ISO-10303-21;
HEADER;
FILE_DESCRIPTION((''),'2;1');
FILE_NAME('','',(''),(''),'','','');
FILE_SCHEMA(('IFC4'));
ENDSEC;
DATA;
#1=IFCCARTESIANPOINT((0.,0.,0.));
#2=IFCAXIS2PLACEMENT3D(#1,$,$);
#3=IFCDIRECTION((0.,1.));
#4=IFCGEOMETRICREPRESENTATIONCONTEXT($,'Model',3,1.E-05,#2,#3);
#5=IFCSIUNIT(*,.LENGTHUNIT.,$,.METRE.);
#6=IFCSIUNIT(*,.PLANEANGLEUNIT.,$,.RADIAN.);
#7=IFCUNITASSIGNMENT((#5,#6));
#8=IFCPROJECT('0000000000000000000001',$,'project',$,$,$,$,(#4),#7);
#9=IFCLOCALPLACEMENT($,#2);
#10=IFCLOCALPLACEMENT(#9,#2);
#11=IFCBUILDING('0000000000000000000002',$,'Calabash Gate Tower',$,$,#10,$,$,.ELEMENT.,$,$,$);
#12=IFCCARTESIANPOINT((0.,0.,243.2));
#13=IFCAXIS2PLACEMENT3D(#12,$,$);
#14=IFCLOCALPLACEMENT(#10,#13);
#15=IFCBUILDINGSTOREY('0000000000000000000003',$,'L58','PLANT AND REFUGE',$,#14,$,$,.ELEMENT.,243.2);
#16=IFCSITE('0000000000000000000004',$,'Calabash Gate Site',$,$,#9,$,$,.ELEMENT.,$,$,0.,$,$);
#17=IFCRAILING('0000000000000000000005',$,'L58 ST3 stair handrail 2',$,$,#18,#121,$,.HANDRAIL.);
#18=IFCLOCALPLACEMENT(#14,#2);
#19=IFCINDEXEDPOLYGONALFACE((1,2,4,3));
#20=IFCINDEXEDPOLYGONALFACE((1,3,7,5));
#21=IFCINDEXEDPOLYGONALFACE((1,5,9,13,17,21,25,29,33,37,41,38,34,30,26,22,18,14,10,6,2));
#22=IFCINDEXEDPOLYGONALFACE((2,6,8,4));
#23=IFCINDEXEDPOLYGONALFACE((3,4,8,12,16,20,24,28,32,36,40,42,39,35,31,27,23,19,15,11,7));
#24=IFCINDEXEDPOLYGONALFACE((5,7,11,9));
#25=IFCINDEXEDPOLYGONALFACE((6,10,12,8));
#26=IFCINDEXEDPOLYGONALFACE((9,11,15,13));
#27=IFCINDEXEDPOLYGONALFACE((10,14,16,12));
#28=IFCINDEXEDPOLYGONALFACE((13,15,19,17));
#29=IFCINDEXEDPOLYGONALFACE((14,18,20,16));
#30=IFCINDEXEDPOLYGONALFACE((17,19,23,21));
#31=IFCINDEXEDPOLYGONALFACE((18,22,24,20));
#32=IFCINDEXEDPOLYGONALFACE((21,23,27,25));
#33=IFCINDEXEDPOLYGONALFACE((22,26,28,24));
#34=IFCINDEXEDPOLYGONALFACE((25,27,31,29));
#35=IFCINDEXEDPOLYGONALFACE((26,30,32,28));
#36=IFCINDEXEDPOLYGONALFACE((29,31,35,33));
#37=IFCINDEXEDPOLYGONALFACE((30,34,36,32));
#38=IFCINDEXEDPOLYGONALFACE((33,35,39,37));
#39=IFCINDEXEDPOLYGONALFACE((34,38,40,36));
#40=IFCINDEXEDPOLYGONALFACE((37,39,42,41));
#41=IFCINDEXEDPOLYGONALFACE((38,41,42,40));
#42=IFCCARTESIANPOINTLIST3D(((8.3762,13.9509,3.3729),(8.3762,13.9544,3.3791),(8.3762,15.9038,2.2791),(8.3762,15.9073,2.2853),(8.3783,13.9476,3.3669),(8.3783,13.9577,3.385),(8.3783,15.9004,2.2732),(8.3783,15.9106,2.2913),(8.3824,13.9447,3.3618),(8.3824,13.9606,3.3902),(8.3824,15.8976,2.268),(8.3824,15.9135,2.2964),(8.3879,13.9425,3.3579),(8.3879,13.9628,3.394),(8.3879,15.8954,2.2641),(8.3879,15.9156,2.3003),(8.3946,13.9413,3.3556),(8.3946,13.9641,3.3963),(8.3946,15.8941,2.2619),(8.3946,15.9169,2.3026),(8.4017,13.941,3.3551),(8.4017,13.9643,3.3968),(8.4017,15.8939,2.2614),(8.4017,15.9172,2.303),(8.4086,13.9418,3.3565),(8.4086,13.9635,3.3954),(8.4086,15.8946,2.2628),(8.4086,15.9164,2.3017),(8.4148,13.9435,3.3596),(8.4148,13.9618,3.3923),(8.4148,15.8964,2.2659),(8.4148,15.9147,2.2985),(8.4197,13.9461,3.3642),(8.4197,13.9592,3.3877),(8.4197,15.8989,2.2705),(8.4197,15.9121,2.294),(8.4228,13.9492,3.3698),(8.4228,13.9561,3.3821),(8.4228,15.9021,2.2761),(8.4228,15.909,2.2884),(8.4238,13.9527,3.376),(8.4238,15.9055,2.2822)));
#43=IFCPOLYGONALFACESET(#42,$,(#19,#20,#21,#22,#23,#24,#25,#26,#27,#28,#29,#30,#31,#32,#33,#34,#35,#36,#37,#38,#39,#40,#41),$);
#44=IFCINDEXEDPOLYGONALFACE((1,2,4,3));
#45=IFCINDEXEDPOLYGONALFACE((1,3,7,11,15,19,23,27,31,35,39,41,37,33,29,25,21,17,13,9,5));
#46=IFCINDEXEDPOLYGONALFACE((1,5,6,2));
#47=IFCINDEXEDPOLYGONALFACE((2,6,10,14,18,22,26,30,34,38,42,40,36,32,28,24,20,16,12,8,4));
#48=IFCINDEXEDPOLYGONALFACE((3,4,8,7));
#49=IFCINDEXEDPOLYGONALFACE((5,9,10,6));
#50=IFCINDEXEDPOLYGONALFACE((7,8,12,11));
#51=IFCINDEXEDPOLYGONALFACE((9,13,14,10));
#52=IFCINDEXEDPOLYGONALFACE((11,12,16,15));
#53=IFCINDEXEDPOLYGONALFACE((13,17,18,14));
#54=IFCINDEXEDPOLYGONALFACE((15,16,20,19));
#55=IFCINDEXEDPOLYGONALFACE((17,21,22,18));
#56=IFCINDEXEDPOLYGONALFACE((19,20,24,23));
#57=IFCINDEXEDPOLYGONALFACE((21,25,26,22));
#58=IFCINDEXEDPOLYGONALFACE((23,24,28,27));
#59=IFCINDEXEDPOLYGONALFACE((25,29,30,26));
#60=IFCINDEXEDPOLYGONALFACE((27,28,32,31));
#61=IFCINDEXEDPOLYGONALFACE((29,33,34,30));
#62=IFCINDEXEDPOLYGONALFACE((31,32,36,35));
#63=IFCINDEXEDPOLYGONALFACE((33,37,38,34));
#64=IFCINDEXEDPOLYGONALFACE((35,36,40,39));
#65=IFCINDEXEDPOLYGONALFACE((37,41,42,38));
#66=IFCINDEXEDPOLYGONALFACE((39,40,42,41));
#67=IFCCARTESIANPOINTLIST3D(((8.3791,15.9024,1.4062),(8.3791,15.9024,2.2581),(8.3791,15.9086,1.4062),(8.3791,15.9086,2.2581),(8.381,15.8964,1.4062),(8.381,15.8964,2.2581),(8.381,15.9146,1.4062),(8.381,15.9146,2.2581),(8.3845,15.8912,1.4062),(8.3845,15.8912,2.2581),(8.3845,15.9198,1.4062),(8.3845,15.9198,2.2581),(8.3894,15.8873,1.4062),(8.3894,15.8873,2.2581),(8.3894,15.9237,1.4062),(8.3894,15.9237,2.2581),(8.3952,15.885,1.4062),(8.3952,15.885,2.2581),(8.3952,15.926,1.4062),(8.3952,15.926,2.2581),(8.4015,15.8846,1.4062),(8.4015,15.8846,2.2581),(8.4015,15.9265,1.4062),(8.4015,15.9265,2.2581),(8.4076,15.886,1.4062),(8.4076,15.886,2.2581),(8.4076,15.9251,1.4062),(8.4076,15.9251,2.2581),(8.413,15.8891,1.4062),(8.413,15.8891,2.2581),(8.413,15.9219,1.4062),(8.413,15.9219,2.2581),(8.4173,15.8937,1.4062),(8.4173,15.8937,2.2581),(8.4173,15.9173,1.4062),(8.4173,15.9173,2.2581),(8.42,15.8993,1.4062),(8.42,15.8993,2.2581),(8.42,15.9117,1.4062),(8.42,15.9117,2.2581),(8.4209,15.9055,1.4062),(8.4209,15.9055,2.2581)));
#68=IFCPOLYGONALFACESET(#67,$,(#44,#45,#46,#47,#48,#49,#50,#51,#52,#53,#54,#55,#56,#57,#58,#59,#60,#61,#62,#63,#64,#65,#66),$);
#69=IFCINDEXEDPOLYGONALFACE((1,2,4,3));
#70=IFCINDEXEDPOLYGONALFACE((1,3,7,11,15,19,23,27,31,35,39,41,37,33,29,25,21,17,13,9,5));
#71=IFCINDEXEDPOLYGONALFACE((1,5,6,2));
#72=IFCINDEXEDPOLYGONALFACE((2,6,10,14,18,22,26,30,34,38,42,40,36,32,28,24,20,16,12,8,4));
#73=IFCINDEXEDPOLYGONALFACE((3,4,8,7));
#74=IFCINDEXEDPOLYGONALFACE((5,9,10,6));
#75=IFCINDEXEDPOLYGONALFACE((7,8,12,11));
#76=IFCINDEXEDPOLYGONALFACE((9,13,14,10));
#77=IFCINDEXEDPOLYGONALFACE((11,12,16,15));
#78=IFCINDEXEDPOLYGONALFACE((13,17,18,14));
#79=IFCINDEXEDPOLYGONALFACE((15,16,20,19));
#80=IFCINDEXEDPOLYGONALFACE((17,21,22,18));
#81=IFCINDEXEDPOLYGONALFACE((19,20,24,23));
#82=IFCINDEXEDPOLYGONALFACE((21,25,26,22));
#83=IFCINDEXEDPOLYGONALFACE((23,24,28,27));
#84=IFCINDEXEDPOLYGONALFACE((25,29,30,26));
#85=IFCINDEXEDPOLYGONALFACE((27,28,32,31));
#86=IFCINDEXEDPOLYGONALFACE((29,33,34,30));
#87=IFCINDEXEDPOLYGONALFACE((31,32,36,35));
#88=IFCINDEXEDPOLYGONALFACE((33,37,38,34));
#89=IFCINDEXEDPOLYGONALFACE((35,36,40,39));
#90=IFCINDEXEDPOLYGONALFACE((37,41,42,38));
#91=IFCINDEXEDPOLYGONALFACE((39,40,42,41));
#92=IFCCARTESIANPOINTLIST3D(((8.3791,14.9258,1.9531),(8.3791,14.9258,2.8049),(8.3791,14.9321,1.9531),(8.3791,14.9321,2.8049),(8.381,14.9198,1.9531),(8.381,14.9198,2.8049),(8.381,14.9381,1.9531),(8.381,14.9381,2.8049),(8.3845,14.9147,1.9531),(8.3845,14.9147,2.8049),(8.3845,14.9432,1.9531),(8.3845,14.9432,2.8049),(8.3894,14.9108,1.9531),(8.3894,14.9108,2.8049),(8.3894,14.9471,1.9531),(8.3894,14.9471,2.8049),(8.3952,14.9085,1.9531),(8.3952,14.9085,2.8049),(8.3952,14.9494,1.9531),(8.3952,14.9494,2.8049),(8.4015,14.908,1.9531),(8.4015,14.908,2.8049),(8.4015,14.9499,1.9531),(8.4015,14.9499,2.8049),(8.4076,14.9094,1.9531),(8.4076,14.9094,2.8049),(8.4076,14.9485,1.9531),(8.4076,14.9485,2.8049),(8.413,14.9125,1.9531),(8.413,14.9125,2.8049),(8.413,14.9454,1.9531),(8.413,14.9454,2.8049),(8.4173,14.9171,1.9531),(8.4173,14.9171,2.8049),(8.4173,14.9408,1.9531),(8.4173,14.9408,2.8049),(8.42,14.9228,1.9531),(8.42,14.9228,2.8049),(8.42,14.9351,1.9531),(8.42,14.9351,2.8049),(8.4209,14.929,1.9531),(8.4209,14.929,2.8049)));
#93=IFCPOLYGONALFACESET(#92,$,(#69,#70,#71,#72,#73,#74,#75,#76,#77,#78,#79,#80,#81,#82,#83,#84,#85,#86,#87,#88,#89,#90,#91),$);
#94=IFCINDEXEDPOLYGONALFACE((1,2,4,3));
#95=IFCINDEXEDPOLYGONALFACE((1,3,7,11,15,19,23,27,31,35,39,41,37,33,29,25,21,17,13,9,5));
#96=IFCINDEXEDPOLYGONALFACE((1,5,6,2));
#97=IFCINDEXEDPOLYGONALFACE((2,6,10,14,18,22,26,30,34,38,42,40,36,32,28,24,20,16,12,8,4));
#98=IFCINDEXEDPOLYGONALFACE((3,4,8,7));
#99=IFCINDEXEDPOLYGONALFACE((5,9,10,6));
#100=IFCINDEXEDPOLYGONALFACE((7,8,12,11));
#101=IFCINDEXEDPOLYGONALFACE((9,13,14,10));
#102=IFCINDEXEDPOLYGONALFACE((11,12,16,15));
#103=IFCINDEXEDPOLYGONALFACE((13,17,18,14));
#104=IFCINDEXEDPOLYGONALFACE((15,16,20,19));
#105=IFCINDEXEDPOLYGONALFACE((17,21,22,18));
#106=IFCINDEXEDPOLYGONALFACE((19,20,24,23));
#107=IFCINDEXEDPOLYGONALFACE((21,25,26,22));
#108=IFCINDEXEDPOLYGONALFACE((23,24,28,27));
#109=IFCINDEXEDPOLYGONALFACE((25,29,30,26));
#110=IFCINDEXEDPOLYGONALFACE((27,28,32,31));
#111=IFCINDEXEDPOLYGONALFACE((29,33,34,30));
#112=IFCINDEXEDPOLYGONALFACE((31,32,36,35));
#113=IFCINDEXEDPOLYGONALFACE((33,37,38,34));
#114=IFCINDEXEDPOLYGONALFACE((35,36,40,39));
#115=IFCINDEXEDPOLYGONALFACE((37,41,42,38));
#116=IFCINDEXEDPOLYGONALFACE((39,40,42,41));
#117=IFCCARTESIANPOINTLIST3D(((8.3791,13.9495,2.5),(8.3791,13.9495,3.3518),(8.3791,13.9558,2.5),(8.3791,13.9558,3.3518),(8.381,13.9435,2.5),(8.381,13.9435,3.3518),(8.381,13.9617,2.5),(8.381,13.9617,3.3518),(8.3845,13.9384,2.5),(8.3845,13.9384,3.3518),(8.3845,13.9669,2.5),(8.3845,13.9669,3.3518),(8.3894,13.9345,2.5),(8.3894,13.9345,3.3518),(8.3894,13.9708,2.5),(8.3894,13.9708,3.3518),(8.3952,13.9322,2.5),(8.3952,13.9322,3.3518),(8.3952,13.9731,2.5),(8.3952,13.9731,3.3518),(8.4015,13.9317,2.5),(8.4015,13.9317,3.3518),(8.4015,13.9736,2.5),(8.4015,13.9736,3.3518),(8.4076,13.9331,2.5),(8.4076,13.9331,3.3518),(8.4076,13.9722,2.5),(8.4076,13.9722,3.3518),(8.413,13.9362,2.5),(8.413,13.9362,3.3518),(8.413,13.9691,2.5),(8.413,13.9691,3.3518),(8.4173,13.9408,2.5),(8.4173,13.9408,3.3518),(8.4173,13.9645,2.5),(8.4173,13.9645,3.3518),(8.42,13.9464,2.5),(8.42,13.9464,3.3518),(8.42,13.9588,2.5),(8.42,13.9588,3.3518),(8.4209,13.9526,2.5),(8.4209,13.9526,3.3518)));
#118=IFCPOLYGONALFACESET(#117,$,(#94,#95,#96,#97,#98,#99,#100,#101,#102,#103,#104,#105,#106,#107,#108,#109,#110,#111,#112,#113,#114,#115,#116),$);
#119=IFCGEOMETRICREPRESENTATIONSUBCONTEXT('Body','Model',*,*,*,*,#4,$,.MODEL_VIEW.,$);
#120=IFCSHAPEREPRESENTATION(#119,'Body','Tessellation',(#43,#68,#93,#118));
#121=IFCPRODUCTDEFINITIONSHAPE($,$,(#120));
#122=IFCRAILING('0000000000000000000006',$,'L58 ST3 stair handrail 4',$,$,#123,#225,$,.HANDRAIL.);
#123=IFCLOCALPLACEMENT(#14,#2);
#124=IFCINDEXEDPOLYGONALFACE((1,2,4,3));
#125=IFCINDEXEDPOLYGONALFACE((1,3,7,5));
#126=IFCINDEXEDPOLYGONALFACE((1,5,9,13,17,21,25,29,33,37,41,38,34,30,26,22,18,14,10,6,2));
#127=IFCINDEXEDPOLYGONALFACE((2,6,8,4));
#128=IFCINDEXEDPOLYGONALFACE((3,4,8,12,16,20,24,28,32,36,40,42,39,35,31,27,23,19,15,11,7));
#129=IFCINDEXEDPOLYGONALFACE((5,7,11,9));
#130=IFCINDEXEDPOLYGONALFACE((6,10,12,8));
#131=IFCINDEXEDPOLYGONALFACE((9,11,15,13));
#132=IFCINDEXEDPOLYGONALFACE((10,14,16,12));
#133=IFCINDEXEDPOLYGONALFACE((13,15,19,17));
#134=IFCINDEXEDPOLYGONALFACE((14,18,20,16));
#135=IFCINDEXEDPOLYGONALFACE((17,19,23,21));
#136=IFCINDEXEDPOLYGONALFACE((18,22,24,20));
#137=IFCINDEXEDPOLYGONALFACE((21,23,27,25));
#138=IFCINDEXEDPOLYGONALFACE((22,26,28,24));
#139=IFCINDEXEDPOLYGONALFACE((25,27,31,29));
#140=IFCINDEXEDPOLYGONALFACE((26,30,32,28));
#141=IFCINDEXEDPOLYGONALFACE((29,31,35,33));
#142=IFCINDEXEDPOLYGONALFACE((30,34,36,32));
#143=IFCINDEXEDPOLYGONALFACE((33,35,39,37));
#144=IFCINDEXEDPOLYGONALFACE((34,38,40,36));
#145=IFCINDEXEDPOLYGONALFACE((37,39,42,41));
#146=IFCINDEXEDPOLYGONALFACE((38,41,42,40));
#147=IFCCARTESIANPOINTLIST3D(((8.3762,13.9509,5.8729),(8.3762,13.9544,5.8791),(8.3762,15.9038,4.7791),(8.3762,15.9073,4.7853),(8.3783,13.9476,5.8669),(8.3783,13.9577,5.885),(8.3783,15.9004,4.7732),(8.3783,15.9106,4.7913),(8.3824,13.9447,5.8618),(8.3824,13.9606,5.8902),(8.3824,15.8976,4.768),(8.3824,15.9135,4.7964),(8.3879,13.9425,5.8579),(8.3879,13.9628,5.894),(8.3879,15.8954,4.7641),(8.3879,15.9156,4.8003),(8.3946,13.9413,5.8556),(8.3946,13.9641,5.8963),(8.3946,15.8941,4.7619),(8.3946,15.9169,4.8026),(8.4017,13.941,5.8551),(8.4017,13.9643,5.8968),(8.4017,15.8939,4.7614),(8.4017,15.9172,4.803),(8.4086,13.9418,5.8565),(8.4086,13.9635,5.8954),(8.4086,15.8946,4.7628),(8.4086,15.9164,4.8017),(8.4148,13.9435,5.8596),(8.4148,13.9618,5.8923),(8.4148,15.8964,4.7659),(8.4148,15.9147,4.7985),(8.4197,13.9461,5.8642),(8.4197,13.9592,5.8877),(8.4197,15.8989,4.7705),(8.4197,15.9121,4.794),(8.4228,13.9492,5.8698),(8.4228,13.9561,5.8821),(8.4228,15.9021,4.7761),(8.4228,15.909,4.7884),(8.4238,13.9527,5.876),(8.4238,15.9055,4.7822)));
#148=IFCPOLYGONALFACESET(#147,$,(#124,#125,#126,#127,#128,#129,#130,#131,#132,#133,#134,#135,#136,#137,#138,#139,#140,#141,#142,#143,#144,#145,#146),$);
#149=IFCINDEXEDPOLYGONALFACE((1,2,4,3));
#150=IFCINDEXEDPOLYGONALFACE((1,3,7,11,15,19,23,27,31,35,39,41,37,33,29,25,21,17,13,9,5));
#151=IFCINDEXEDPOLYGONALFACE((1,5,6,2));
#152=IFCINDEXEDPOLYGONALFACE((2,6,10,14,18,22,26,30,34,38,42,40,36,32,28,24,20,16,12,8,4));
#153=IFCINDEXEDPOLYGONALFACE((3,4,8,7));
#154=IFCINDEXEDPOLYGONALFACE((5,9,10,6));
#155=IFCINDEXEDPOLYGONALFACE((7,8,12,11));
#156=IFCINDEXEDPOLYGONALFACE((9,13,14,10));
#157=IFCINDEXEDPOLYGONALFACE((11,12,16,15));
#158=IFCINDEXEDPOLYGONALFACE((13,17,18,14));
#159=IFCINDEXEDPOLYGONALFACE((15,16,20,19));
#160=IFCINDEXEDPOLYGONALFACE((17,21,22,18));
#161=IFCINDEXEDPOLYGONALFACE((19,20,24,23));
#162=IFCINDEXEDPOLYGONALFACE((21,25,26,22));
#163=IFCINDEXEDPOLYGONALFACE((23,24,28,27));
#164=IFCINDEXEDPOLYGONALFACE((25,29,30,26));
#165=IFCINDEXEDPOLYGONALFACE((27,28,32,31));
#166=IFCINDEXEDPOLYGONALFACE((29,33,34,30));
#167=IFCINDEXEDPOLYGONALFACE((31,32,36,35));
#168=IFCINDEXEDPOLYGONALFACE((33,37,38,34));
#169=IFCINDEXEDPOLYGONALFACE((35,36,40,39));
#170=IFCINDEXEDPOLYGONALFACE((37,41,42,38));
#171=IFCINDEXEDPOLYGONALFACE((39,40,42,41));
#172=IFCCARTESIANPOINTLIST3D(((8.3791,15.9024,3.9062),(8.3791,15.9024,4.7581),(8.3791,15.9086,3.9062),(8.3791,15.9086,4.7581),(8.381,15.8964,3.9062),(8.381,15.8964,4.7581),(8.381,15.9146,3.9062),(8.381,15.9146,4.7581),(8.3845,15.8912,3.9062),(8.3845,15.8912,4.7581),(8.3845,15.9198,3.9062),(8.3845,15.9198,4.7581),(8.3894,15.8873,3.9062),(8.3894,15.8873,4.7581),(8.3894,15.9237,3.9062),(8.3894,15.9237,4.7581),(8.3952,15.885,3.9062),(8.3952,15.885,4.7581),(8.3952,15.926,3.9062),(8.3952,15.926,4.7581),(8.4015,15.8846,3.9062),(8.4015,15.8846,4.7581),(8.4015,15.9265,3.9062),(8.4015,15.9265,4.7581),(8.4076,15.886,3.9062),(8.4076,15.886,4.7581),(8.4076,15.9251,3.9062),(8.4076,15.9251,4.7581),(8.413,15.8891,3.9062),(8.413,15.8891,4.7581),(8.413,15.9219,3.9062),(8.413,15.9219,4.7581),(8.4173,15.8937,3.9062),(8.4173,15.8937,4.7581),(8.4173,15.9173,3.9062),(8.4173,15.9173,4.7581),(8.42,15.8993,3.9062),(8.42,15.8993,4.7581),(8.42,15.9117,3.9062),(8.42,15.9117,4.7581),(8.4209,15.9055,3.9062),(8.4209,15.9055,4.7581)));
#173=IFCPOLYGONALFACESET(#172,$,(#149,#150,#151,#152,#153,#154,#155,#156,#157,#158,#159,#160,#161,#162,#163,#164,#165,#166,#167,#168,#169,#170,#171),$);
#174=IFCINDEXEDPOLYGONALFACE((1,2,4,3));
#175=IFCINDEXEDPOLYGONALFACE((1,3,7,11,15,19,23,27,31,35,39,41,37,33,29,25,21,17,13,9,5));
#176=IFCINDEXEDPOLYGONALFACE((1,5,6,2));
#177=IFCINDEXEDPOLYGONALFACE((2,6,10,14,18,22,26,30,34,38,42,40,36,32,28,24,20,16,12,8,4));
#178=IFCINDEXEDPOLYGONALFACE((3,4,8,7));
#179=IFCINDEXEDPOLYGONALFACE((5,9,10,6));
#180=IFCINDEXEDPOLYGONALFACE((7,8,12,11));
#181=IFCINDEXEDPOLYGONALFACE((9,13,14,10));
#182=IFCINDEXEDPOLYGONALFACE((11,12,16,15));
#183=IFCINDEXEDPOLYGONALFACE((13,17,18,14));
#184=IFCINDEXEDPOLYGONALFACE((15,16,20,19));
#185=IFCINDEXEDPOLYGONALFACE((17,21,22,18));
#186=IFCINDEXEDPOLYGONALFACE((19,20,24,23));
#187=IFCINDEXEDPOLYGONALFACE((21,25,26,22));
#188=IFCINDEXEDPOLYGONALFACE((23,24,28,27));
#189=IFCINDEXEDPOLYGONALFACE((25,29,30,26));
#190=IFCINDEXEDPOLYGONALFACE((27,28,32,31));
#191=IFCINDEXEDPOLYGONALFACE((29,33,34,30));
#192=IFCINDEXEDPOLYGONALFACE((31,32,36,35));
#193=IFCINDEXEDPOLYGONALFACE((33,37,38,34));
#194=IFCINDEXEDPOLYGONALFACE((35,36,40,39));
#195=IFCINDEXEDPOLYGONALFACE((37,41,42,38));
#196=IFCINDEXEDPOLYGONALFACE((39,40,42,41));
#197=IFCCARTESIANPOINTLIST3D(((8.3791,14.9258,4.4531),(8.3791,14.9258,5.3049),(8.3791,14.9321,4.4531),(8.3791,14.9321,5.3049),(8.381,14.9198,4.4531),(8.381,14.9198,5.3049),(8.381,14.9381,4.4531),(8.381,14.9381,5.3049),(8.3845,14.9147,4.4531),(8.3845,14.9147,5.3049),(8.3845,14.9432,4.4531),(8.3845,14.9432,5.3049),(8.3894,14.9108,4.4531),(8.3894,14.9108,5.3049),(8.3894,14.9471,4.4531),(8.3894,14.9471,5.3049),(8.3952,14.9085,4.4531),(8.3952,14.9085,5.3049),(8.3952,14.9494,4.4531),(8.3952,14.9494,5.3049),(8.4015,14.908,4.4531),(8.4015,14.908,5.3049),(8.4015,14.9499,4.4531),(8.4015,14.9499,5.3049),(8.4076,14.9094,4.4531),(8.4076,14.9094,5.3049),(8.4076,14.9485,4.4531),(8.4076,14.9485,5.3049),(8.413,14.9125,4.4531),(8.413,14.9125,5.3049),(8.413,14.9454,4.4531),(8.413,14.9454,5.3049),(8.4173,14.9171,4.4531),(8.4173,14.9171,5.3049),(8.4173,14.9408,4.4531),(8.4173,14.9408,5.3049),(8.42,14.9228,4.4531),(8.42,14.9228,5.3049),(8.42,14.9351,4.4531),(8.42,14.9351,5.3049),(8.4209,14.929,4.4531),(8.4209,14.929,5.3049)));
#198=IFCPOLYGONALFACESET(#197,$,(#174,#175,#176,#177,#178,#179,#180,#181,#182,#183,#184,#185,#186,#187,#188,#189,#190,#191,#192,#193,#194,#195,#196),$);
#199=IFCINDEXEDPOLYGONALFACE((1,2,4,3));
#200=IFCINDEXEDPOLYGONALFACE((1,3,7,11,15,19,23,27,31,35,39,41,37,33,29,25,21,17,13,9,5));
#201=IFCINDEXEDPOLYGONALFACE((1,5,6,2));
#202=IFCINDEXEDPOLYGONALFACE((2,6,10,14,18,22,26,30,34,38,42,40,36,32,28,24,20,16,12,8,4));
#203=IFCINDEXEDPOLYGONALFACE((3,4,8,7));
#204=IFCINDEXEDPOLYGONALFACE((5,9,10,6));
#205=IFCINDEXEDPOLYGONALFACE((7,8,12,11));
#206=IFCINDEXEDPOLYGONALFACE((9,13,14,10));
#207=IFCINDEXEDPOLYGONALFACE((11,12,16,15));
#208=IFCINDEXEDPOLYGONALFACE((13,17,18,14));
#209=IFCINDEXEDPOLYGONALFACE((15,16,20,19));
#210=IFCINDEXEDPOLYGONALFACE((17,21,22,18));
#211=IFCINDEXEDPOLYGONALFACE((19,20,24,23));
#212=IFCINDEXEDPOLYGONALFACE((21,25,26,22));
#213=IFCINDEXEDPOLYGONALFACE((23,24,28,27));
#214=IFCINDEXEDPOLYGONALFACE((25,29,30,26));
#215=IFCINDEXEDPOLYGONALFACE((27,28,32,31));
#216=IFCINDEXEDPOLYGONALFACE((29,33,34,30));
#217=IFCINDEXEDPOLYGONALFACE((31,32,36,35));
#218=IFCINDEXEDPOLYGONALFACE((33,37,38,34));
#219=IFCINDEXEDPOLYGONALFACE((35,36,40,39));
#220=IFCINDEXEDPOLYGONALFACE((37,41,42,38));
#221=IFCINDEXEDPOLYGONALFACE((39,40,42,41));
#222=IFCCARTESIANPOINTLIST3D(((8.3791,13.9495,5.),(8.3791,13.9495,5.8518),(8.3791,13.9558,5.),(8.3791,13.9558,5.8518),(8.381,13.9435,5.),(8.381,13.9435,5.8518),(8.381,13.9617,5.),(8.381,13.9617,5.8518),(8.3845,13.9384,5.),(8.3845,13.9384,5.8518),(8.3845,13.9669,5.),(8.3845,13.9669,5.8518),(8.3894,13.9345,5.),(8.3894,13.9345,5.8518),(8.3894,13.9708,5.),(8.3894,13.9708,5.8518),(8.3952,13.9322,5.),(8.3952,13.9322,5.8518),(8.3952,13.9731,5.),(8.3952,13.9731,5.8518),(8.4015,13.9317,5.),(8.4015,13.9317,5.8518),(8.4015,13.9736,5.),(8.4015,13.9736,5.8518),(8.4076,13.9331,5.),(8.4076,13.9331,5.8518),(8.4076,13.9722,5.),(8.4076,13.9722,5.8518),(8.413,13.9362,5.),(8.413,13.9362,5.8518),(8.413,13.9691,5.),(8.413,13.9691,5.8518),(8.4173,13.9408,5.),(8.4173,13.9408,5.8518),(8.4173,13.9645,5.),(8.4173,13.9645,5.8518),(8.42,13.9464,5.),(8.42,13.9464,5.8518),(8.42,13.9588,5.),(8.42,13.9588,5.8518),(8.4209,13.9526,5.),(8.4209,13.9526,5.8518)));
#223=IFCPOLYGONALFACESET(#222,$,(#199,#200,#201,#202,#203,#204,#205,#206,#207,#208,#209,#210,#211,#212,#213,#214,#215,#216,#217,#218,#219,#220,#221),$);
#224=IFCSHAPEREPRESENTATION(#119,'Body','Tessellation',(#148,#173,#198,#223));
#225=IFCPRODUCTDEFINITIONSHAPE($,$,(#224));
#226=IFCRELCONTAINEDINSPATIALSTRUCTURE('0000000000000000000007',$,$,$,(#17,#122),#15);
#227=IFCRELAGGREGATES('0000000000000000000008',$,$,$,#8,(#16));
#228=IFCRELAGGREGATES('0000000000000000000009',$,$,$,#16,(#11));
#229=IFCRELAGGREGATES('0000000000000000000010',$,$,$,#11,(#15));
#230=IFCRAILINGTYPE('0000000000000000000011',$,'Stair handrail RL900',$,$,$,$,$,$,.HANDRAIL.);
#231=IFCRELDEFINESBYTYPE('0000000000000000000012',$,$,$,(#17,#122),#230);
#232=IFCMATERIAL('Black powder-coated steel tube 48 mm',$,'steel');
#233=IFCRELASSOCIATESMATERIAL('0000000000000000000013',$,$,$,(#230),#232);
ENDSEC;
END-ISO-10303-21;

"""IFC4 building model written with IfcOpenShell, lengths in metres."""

from ifc_helpers import new_model, si_unit, direction, frame, origin, origin_2d, place, context, subcontext, project, spatial, circle, extrude, material, type_object, element, save


model = new_model("IFC4")

# Units and contexts
model_context = context("Model", 3, precision=1e-05, world=origin(), true_north=direction((0.0, 1.0)))
body_context = subcontext(model_context, "Body", "Model", "MODEL_VIEW")
ifc_project = project(units=[si_unit("LENGTHUNIT", "METRE"), si_unit("PLANEANGLEUNIT", "RADIAN")], contexts=[model_context])

# Site, building, storey
site_placement = place(None, origin())
site = spatial("IfcSite", under=ifc_project, at=site_placement, Name="Calabash Gate Site", CompositionType="ELEMENT", RefElevation=0.0)
building_placement = place(site_placement, origin())
building = spatial("IfcBuilding", under=site, at=building_placement, Name="Calabash Gate Tower", CompositionType="ELEMENT")
storey_placement = place(building_placement, frame((0.0, 0.0, 243.2)))
storey = spatial("IfcBuildingStorey", under=building, at=storey_placement, Name="L58", Description="PLANT AND REFUGE", CompositionType="ELEMENT", Elevation=243.2)

# Railings
ifc_material_1 = material(Name="Black powder-coated steel tube 48 mm", Category="steel")
railing_type = type_object("IfcRailingType", Name="Stair handrail RL900", PredefinedType="HANDRAIL", material=ifc_material_1)
for number, where, name in (
    (1, (8.3999, 15.9055, 1.4062), "L58 ST3 stair handrail 2"),
    (2, (8.3999, 15.9055, 3.9062), "L58 ST3 stair handrail 4"),
):
    element("IfcRailing", number, at=place(storey_placement, frame(where)), inside=storey, type_object=railing_type, Name=name, PredefinedType="HANDRAIL", context=body_context, shape_type="SweptSolid", body=[
        extrude(circle(Radius=0.0239, at=origin_2d()), frame((0.0, 0.0, 0.876), z_axis=(0.0, -0.87248, 0.48865), x_axis=(1.0, 0.0, 0.0)), (0.0, 0.0, 1.0), 2.2383),
        extrude(circle(Radius=0.021, at=origin_2d()), origin(), (0.0, 0.0, 1.0), 0.8518),
        extrude(circle(Radius=0.021, at=origin_2d()), frame((0.0, -0.9766, 0.5469)), (0.0, 0.0, 1.0), 0.8518),
        extrude(circle(Radius=0.021, at=origin_2d()), frame((0.0, -1.9529, 1.0938)), (0.0, 0.0, 1.0), 0.8518),
    ])

save(model, "model.ifc")
